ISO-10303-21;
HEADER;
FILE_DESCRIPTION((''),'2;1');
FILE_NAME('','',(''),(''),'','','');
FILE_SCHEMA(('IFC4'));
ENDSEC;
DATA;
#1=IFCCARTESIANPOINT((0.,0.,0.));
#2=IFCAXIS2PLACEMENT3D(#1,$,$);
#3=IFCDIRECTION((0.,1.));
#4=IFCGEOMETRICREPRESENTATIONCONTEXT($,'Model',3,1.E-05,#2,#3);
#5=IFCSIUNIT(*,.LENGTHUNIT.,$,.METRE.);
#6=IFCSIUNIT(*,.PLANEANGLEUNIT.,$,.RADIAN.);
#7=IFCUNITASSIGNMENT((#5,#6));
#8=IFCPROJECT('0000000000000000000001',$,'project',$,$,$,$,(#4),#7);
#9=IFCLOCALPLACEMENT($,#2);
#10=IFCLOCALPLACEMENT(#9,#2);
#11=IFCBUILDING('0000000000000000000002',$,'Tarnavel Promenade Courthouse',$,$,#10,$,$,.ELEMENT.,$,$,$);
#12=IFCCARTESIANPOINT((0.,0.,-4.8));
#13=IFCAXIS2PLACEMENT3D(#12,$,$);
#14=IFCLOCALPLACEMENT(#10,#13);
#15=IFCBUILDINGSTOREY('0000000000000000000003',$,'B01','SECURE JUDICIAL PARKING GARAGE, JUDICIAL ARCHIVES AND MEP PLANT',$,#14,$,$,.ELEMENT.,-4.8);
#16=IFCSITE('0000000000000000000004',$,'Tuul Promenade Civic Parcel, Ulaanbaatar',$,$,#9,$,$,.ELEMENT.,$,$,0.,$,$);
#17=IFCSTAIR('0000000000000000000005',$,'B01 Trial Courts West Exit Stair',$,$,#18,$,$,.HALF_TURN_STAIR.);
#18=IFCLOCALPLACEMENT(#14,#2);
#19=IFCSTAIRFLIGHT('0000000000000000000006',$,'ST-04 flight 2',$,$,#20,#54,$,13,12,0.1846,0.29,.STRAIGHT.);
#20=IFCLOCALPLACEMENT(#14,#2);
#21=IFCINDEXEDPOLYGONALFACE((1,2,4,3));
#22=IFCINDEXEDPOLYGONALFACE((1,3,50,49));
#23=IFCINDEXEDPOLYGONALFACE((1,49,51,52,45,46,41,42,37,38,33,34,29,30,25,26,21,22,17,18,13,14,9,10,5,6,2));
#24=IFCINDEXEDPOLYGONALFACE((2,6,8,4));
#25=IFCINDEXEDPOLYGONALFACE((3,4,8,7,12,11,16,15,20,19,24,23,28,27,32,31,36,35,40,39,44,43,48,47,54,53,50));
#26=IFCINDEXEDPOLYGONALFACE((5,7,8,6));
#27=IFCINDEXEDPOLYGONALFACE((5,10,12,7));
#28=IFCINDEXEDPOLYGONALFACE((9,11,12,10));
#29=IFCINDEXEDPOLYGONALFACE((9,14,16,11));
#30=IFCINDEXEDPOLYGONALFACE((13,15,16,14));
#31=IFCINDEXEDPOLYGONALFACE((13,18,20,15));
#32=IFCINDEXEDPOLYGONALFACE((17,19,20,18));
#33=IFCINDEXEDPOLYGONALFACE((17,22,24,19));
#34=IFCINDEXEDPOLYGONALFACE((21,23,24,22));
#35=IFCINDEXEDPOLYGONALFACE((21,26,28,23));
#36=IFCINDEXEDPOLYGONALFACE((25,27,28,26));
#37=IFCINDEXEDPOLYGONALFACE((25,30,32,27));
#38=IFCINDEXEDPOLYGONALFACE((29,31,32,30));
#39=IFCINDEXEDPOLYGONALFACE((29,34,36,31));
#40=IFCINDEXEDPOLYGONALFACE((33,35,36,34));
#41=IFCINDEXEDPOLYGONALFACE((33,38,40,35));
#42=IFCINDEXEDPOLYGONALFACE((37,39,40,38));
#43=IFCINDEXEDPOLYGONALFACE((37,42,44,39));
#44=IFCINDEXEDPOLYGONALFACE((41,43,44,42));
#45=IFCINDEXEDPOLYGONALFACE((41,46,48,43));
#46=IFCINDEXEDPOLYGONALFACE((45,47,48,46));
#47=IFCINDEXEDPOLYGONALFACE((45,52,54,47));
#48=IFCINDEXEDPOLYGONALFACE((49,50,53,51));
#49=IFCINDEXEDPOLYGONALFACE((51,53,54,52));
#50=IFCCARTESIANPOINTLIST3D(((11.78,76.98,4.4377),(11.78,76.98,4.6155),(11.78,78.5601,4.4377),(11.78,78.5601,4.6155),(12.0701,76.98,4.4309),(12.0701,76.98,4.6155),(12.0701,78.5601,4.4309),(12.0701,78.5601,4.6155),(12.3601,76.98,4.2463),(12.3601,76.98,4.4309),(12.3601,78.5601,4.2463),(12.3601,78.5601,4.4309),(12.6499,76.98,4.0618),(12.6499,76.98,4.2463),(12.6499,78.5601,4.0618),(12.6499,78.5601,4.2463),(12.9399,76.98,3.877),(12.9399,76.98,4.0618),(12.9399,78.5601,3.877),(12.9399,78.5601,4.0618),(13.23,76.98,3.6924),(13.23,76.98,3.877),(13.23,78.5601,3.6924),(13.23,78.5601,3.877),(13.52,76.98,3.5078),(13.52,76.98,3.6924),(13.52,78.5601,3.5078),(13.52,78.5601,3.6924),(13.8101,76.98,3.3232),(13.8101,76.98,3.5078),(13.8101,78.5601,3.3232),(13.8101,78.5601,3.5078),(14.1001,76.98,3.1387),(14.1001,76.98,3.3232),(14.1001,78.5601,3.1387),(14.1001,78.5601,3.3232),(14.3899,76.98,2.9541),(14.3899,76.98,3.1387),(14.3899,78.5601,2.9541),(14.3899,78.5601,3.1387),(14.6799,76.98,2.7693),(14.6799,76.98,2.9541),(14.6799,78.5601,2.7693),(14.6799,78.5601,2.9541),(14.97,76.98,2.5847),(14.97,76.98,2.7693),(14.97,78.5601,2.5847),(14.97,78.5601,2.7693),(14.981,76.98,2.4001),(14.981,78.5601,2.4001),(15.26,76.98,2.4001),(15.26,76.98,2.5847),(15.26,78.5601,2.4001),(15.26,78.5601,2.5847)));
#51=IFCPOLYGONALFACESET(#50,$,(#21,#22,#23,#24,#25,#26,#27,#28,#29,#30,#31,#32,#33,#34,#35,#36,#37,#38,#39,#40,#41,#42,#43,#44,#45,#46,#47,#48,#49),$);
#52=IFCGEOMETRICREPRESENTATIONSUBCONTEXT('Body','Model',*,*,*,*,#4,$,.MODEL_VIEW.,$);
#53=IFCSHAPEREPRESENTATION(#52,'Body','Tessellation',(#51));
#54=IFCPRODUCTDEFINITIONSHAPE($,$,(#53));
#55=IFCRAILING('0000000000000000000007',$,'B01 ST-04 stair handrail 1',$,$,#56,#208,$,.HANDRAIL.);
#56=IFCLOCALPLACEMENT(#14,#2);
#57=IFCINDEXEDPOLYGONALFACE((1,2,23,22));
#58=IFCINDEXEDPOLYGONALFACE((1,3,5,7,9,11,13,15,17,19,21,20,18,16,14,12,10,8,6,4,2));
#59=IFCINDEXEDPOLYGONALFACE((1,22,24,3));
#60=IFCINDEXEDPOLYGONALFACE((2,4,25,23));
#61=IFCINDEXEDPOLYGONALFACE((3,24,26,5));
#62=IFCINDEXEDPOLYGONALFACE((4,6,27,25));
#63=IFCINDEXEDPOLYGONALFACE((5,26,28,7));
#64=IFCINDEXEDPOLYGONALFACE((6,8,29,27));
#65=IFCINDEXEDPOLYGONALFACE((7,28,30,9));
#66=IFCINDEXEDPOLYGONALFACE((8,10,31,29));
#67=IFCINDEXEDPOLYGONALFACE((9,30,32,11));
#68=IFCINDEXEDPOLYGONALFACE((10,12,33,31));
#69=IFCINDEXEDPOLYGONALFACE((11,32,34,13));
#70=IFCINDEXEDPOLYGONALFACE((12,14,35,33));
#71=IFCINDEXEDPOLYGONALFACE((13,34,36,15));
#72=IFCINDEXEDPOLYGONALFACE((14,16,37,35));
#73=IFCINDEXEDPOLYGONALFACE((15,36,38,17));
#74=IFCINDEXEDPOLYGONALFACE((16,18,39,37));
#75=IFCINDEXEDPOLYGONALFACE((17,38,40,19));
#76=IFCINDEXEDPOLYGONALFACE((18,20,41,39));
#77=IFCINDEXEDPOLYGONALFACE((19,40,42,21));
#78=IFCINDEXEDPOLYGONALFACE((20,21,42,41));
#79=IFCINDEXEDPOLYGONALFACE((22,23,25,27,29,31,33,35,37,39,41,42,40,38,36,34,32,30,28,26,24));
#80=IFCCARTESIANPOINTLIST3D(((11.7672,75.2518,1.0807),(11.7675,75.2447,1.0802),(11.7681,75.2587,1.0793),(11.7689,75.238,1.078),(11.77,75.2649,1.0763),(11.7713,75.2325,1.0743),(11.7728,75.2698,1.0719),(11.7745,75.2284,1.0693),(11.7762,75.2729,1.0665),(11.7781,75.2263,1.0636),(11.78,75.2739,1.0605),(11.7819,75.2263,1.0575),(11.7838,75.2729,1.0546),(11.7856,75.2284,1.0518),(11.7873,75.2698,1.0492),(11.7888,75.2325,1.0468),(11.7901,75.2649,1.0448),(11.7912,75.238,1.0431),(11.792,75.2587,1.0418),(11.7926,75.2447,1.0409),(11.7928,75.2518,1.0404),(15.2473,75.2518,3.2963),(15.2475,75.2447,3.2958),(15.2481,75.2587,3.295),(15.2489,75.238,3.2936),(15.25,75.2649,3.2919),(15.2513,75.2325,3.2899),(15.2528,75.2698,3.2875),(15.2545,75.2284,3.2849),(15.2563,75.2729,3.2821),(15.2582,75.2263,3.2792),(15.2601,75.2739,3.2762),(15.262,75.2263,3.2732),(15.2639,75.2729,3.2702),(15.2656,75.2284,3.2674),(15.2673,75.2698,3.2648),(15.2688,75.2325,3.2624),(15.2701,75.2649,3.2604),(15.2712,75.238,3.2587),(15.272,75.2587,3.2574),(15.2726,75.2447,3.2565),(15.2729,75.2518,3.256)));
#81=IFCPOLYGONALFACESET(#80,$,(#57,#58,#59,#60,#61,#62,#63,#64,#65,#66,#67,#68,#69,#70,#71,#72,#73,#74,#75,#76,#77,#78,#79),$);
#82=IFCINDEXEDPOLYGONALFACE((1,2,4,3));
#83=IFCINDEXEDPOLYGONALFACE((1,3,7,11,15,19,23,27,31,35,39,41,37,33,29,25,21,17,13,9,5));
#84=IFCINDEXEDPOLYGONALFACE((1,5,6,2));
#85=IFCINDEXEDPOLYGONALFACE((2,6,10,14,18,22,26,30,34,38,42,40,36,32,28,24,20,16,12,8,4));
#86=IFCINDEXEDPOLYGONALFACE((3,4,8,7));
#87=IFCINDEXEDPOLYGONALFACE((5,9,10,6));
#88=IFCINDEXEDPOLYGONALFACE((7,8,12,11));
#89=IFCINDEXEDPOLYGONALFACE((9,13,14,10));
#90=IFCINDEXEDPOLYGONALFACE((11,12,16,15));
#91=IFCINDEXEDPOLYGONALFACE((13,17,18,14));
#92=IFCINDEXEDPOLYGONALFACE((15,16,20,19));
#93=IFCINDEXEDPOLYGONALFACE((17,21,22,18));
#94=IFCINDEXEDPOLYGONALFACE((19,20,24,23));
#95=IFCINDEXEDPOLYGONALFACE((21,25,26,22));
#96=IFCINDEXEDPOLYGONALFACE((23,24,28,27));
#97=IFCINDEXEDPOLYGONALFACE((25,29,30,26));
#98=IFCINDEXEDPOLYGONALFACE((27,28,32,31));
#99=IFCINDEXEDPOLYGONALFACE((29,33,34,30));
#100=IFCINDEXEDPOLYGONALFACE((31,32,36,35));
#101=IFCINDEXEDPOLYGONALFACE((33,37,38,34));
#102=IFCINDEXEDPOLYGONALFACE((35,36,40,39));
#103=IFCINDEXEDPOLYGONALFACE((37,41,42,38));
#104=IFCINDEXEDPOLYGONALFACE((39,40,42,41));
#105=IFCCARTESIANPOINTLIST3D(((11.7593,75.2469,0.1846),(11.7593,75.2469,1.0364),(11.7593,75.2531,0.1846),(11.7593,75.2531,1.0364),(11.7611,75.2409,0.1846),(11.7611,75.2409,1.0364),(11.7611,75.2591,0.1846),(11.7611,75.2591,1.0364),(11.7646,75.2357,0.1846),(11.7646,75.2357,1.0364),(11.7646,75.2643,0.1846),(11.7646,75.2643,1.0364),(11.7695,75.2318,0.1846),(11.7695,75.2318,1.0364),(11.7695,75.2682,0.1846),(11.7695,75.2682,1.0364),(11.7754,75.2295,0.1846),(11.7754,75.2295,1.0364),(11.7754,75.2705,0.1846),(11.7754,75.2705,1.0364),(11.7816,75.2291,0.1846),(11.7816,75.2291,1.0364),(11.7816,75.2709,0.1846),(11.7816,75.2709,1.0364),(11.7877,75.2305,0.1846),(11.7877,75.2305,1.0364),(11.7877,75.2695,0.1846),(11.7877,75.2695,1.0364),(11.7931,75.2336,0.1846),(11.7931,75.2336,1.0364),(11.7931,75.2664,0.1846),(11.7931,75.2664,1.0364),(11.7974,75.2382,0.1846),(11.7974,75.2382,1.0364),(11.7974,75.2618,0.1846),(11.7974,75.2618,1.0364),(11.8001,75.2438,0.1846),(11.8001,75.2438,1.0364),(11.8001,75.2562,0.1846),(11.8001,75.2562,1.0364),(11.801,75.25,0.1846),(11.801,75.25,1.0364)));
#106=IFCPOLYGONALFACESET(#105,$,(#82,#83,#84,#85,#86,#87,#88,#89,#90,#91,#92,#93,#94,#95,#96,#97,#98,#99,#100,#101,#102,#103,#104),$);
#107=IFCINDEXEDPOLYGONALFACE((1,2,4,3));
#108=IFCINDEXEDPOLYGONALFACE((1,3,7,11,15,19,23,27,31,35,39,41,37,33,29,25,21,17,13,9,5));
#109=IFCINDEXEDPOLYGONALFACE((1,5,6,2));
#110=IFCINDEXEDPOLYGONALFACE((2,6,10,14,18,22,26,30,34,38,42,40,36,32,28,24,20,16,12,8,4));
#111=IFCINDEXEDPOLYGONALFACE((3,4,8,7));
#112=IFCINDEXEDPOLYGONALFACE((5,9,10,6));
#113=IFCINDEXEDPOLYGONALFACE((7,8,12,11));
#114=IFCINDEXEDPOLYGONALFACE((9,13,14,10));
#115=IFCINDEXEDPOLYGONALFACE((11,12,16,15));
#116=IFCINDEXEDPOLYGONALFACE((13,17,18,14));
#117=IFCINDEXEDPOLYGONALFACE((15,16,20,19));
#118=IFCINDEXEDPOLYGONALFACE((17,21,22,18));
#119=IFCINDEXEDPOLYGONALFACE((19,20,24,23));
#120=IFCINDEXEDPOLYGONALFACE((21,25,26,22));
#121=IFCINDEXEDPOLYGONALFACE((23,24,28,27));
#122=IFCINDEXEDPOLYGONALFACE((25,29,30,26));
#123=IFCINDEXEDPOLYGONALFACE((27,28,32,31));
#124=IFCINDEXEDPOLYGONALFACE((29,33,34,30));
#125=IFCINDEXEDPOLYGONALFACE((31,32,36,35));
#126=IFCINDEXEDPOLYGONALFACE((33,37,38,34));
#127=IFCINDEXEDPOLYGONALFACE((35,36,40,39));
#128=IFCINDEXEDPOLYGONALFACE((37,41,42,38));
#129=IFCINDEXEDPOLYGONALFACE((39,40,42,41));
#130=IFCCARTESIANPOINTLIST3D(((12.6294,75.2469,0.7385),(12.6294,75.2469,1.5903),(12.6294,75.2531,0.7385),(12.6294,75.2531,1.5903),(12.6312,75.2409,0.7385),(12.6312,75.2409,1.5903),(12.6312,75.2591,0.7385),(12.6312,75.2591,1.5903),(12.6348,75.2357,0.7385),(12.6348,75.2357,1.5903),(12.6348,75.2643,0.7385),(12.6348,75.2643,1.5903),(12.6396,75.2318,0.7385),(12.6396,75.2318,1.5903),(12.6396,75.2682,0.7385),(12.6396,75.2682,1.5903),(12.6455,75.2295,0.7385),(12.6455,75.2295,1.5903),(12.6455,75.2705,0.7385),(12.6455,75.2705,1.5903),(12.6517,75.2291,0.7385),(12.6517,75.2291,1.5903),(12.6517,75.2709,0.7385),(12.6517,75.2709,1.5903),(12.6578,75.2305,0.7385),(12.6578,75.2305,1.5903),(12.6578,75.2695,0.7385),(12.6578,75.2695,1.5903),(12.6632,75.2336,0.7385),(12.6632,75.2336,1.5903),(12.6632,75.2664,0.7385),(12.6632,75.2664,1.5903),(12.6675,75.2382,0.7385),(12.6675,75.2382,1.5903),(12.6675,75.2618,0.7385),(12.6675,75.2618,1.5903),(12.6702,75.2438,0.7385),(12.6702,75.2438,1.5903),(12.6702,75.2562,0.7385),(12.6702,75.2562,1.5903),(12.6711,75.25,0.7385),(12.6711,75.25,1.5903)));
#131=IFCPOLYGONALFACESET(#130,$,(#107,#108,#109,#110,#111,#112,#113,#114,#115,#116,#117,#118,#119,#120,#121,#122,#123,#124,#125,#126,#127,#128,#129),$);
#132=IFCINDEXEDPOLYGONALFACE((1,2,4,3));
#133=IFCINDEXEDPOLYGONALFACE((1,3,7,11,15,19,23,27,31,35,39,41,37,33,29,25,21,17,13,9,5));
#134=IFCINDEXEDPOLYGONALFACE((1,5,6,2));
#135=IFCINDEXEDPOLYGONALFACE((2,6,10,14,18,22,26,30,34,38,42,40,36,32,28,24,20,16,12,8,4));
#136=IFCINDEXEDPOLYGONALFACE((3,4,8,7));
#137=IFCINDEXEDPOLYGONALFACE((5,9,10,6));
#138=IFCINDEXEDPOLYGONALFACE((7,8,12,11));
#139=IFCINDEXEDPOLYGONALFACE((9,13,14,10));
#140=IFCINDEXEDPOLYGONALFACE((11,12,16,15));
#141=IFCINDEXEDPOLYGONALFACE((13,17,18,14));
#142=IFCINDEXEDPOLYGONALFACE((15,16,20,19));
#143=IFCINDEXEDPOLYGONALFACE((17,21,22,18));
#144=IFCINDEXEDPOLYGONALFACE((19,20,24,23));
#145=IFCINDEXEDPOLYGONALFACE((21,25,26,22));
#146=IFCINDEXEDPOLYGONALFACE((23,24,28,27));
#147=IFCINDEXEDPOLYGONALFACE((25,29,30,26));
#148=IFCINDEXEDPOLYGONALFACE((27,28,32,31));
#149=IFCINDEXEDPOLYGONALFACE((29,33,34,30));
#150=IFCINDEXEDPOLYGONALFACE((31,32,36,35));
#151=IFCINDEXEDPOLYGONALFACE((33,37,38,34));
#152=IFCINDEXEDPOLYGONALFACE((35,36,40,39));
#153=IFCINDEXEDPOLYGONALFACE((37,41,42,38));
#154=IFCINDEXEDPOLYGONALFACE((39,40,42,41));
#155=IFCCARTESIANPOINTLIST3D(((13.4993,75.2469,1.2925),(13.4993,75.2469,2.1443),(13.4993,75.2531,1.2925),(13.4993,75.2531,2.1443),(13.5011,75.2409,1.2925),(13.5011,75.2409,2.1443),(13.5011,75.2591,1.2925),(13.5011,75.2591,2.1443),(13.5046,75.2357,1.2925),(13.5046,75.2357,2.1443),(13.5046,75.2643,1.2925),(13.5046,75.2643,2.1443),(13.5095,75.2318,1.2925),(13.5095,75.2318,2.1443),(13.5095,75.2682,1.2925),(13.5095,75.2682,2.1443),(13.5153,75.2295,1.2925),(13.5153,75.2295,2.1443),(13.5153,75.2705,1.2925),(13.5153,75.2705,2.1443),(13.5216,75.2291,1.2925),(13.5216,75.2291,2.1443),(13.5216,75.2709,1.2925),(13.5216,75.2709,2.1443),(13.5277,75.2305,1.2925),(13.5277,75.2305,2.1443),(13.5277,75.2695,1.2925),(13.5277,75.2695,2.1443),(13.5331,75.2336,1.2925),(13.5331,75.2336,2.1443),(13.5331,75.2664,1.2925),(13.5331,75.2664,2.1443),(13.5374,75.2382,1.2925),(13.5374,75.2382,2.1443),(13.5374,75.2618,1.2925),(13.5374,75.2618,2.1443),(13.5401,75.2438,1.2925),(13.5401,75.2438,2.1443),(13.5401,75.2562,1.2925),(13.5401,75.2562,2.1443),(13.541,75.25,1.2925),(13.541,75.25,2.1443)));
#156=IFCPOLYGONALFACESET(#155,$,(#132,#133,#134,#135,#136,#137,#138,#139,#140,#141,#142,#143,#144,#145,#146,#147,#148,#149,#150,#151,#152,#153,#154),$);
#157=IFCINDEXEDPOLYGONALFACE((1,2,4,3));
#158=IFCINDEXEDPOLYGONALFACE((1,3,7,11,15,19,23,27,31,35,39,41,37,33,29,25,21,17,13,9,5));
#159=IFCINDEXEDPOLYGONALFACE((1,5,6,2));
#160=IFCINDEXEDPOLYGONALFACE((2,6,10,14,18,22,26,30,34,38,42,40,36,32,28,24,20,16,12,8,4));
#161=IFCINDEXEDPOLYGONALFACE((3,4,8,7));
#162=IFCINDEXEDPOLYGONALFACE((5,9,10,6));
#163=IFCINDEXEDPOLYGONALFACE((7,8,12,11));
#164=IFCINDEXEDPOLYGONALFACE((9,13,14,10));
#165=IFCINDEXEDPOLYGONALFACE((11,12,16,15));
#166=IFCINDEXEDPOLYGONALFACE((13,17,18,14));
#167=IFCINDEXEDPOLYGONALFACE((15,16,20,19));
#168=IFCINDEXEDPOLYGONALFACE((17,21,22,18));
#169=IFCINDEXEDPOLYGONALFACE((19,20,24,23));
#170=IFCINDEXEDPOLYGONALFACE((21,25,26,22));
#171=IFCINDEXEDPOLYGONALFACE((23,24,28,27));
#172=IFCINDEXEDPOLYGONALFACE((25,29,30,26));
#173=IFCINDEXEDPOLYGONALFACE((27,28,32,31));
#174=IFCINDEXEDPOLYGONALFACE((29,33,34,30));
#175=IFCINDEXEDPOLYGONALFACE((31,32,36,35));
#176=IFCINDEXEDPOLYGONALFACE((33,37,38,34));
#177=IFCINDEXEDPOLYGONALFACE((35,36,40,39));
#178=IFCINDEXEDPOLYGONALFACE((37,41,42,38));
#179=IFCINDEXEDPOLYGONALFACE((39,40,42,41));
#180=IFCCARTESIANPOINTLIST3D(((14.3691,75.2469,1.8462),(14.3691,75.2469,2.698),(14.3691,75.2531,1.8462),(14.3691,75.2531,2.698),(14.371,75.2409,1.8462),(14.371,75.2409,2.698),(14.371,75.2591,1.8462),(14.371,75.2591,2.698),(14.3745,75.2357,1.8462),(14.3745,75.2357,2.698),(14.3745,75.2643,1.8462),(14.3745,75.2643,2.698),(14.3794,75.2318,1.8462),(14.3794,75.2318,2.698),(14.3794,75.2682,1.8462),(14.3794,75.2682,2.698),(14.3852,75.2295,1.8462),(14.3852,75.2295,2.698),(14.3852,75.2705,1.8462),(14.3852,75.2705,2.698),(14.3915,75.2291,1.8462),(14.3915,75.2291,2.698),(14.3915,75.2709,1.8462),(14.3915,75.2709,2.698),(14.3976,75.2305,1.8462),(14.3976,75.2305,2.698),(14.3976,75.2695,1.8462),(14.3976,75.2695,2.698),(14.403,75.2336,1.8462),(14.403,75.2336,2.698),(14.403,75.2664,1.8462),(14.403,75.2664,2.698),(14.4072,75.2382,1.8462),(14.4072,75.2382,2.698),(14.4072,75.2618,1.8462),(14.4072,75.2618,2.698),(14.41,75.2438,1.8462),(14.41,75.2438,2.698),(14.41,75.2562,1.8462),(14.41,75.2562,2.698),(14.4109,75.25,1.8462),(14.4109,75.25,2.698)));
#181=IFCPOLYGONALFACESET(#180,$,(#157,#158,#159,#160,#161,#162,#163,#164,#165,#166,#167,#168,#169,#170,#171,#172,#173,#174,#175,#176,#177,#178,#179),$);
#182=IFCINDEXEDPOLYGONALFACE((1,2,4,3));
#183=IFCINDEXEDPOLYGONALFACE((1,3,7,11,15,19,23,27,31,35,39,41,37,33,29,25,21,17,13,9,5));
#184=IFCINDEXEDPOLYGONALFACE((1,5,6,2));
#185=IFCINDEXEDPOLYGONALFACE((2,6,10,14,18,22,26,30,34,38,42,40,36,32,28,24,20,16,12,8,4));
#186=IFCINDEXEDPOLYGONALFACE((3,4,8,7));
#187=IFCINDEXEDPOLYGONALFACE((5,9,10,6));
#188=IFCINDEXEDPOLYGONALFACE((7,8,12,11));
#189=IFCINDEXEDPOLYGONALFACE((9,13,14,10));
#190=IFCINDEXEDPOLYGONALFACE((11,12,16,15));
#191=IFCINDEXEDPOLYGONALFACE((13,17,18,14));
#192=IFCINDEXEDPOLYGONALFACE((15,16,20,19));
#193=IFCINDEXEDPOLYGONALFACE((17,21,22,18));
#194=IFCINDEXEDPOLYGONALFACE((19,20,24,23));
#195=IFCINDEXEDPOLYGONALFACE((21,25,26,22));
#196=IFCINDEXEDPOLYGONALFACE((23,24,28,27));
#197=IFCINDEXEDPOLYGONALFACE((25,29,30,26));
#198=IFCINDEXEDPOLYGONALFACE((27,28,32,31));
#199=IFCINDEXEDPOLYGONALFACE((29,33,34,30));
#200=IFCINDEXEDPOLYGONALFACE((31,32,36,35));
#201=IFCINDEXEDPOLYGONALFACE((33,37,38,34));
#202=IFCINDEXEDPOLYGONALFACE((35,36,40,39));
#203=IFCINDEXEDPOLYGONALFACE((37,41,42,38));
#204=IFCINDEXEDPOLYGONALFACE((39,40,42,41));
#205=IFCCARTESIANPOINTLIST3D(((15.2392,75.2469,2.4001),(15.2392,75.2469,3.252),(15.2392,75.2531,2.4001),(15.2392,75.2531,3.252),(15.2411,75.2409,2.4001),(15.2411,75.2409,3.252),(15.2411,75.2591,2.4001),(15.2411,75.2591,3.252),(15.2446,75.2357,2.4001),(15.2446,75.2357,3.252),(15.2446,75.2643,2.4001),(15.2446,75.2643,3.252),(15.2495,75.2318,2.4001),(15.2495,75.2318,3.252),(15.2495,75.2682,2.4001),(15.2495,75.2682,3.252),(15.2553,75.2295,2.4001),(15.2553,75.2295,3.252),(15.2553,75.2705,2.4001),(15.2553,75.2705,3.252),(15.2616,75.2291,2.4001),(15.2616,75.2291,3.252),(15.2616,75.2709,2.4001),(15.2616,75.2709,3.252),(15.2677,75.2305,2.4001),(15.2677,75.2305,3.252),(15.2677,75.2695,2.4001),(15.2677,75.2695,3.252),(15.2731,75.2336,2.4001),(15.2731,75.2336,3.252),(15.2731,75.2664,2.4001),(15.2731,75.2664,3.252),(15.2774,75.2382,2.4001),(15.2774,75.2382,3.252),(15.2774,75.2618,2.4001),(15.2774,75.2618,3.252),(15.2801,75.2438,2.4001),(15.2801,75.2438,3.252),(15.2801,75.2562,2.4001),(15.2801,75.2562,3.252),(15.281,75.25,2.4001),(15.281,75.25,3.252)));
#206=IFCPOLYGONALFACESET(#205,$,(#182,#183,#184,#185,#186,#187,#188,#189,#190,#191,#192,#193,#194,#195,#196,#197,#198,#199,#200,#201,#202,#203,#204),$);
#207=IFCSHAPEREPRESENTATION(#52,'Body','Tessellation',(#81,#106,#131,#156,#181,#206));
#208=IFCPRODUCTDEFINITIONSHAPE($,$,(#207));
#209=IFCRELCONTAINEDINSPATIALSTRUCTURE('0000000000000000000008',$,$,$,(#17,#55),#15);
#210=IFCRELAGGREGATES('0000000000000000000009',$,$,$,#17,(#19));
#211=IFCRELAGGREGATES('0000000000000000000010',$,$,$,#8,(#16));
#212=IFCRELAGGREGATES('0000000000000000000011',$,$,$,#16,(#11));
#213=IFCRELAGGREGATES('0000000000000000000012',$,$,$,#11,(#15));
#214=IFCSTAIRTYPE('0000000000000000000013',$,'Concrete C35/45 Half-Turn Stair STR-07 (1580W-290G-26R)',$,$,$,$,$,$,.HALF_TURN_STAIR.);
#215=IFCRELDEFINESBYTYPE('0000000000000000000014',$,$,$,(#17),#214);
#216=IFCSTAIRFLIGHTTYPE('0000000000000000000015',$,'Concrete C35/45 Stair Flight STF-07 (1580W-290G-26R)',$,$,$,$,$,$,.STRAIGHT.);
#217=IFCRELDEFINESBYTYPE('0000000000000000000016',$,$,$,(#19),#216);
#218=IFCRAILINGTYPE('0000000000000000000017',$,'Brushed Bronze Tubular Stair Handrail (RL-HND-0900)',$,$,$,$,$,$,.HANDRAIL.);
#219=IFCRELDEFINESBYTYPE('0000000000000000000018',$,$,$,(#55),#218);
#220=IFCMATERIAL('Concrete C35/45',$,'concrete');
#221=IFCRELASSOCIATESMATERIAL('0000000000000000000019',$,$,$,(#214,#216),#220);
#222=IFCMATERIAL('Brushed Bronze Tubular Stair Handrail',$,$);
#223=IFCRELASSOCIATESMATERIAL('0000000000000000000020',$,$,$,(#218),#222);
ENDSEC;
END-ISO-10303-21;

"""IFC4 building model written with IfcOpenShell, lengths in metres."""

from ifc_helpers import new_model, si_unit, direction, frame, origin, origin_2d, place, context, subcontext, project, spatial, polyline, circle, outline, extrude, material, type_object, element, aggregate, save


model = new_model("IFC4")

# Units and contexts
model_context = context("Model", 3, precision=1e-05, world=origin(), true_north=direction((0.0, 1.0)))
body_context = subcontext(model_context, "Body", "Model", "MODEL_VIEW")
ifc_project = project(units=[si_unit("LENGTHUNIT", "METRE"), si_unit("PLANEANGLEUNIT", "RADIAN")], contexts=[model_context])

# Site, building, storey
site_placement = place(None, origin())
site = spatial("IfcSite", under=ifc_project, at=site_placement, Name="Tuul Promenade Civic Parcel, Ulaanbaatar", CompositionType="ELEMENT", RefElevation=0.0)
building_placement = place(site_placement, origin())
building = spatial("IfcBuilding", under=site, at=building_placement, Name="Tarnavel Promenade Courthouse", CompositionType="ELEMENT")
storey_placement = place(building_placement, frame((0.0, 0.0, -4.8)))
storey = spatial("IfcBuildingStorey", under=building, at=storey_placement, Name="B01", Description="SECURE JUDICIAL PARKING GARAGE, JUDICIAL ARCHIVES AND MEP PLANT", CompositionType="ELEMENT", Elevation=-4.8)

# Shared definitions
ifc_material_1 = material(Name="Concrete C35/45", Category="concrete")

# Stair, stair flight
stair_type = type_object("IfcStairType", Name="Concrete C35/45 Half-Turn Stair STR-07 (1580W-290G-26R)", PredefinedType="HALF_TURN_STAIR", material=ifc_material_1)
stair_placement = place(storey_placement, origin())
stair = element("IfcStair", 1, at=stair_placement, inside=storey, type_object=stair_type, Name="B01 Trial Courts West Exit Stair", PredefinedType="HALF_TURN_STAIR")
stair_flight_type = type_object("IfcStairFlightType", Name="Concrete C35/45 Stair Flight STF-07 (1580W-290G-26R)", PredefinedType="STRAIGHT", material=ifc_material_1)
stair_flight_1_placement = place(storey_placement, frame((15.26, 77.77, 2.4001), z_axis=(0.0, 0.0, 1.0), x_axis=(-1.0, 0.0, 0.0)))
stair_flight_1 = element("IfcStairFlight", 2, at=stair_flight_1_placement, type_object=stair_flight_type, Name="ST-04 flight 2", NumberOfRisers=13, NumberOfTreads=12, PredefinedType="STRAIGHT", RiserHeight=0.1846, TreadLength=0.29, context=body_context, shape_type="SweptSolid", body=[
    extrude(outline(polyline([(0.0, 0.0), (0.0, 0.1846), (0.29, 0.1846), (0.29, 0.3691), (0.5801, 0.3691), (0.5801, 0.554), (0.8701, 0.554), (0.8701, 0.7385), (1.1599, 0.7385), (1.1599, 0.9231), (1.45, 0.9231), (1.45, 1.1077), (1.74, 1.1077), (1.74, 1.2922), (2.03, 1.2922), (2.03, 1.4768), (2.3201, 1.4768), (2.3201, 1.6616), (2.6101, 1.6616), (2.6101, 1.8462), (2.8999, 1.8462), (2.8999, 2.0308), (3.1899, 2.0308), (3.1899, 2.2153), (3.48, 2.2153), (3.48, 2.3999), (3.48, 2.0376), (0.2791, 0.0), (0.0, 0.0)])), frame((0.0, 0.79, 0.0), z_axis=(0.0, -1.0, 0.0), x_axis=(1.0, 0.0, 0.0)), (0.0, 0.0, 1.0), 1.5801),
])
aggregate(stair, [stair_flight_1])

# Railing
ifc_material_2 = material(Name="Brushed Bronze Tubular Stair Handrail")
railing_type_1 = type_object("IfcRailingType", Name="Brushed Bronze Tubular Stair Handrail (RL-HND-0900)", PredefinedType="HANDRAIL", material=ifc_material_2)
railing_1_placement = place(storey_placement, frame((11.78, 75.25, 0.1846)))
element("IfcRailing", 3, at=railing_1_placement, inside=storey, type_object=railing_type_1, Name="B01 ST-04 stair handrail 1", PredefinedType="HANDRAIL", context=body_context, shape_type="SweptSolid", body=[
    extrude(circle(Radius=0.0239, at=origin_2d()), frame((0.0, 0.0, 0.876), z_axis=(0.843547, 0.0, 0.537055), x_axis=(0.0, 1.0, 0.0)), (0.0, 0.0, 1.0), 4.1255),
    extrude(circle(Radius=0.021, at=origin_2d()), origin(), (0.0, 0.0, 1.0), 0.8518),
    extrude(circle(Radius=0.021, at=origin_2d()), frame((0.8701, 0.0, 0.554)), (0.0, 0.0, 1.0), 0.8518),
    extrude(circle(Radius=0.021, at=origin_2d()), frame((1.74, 0.0, 1.1079)), (0.0, 0.0, 1.0), 0.8518),
    extrude(circle(Radius=0.021, at=origin_2d()), frame((2.6099, 0.0, 1.6616)), (0.0, 0.0, 1.0), 0.8518),
    extrude(circle(Radius=0.021, at=origin_2d()), frame((3.48, 0.0, 2.2156)), (0.0, 0.0, 1.0), 0.8518),
])

save(model, "model.ifc")
